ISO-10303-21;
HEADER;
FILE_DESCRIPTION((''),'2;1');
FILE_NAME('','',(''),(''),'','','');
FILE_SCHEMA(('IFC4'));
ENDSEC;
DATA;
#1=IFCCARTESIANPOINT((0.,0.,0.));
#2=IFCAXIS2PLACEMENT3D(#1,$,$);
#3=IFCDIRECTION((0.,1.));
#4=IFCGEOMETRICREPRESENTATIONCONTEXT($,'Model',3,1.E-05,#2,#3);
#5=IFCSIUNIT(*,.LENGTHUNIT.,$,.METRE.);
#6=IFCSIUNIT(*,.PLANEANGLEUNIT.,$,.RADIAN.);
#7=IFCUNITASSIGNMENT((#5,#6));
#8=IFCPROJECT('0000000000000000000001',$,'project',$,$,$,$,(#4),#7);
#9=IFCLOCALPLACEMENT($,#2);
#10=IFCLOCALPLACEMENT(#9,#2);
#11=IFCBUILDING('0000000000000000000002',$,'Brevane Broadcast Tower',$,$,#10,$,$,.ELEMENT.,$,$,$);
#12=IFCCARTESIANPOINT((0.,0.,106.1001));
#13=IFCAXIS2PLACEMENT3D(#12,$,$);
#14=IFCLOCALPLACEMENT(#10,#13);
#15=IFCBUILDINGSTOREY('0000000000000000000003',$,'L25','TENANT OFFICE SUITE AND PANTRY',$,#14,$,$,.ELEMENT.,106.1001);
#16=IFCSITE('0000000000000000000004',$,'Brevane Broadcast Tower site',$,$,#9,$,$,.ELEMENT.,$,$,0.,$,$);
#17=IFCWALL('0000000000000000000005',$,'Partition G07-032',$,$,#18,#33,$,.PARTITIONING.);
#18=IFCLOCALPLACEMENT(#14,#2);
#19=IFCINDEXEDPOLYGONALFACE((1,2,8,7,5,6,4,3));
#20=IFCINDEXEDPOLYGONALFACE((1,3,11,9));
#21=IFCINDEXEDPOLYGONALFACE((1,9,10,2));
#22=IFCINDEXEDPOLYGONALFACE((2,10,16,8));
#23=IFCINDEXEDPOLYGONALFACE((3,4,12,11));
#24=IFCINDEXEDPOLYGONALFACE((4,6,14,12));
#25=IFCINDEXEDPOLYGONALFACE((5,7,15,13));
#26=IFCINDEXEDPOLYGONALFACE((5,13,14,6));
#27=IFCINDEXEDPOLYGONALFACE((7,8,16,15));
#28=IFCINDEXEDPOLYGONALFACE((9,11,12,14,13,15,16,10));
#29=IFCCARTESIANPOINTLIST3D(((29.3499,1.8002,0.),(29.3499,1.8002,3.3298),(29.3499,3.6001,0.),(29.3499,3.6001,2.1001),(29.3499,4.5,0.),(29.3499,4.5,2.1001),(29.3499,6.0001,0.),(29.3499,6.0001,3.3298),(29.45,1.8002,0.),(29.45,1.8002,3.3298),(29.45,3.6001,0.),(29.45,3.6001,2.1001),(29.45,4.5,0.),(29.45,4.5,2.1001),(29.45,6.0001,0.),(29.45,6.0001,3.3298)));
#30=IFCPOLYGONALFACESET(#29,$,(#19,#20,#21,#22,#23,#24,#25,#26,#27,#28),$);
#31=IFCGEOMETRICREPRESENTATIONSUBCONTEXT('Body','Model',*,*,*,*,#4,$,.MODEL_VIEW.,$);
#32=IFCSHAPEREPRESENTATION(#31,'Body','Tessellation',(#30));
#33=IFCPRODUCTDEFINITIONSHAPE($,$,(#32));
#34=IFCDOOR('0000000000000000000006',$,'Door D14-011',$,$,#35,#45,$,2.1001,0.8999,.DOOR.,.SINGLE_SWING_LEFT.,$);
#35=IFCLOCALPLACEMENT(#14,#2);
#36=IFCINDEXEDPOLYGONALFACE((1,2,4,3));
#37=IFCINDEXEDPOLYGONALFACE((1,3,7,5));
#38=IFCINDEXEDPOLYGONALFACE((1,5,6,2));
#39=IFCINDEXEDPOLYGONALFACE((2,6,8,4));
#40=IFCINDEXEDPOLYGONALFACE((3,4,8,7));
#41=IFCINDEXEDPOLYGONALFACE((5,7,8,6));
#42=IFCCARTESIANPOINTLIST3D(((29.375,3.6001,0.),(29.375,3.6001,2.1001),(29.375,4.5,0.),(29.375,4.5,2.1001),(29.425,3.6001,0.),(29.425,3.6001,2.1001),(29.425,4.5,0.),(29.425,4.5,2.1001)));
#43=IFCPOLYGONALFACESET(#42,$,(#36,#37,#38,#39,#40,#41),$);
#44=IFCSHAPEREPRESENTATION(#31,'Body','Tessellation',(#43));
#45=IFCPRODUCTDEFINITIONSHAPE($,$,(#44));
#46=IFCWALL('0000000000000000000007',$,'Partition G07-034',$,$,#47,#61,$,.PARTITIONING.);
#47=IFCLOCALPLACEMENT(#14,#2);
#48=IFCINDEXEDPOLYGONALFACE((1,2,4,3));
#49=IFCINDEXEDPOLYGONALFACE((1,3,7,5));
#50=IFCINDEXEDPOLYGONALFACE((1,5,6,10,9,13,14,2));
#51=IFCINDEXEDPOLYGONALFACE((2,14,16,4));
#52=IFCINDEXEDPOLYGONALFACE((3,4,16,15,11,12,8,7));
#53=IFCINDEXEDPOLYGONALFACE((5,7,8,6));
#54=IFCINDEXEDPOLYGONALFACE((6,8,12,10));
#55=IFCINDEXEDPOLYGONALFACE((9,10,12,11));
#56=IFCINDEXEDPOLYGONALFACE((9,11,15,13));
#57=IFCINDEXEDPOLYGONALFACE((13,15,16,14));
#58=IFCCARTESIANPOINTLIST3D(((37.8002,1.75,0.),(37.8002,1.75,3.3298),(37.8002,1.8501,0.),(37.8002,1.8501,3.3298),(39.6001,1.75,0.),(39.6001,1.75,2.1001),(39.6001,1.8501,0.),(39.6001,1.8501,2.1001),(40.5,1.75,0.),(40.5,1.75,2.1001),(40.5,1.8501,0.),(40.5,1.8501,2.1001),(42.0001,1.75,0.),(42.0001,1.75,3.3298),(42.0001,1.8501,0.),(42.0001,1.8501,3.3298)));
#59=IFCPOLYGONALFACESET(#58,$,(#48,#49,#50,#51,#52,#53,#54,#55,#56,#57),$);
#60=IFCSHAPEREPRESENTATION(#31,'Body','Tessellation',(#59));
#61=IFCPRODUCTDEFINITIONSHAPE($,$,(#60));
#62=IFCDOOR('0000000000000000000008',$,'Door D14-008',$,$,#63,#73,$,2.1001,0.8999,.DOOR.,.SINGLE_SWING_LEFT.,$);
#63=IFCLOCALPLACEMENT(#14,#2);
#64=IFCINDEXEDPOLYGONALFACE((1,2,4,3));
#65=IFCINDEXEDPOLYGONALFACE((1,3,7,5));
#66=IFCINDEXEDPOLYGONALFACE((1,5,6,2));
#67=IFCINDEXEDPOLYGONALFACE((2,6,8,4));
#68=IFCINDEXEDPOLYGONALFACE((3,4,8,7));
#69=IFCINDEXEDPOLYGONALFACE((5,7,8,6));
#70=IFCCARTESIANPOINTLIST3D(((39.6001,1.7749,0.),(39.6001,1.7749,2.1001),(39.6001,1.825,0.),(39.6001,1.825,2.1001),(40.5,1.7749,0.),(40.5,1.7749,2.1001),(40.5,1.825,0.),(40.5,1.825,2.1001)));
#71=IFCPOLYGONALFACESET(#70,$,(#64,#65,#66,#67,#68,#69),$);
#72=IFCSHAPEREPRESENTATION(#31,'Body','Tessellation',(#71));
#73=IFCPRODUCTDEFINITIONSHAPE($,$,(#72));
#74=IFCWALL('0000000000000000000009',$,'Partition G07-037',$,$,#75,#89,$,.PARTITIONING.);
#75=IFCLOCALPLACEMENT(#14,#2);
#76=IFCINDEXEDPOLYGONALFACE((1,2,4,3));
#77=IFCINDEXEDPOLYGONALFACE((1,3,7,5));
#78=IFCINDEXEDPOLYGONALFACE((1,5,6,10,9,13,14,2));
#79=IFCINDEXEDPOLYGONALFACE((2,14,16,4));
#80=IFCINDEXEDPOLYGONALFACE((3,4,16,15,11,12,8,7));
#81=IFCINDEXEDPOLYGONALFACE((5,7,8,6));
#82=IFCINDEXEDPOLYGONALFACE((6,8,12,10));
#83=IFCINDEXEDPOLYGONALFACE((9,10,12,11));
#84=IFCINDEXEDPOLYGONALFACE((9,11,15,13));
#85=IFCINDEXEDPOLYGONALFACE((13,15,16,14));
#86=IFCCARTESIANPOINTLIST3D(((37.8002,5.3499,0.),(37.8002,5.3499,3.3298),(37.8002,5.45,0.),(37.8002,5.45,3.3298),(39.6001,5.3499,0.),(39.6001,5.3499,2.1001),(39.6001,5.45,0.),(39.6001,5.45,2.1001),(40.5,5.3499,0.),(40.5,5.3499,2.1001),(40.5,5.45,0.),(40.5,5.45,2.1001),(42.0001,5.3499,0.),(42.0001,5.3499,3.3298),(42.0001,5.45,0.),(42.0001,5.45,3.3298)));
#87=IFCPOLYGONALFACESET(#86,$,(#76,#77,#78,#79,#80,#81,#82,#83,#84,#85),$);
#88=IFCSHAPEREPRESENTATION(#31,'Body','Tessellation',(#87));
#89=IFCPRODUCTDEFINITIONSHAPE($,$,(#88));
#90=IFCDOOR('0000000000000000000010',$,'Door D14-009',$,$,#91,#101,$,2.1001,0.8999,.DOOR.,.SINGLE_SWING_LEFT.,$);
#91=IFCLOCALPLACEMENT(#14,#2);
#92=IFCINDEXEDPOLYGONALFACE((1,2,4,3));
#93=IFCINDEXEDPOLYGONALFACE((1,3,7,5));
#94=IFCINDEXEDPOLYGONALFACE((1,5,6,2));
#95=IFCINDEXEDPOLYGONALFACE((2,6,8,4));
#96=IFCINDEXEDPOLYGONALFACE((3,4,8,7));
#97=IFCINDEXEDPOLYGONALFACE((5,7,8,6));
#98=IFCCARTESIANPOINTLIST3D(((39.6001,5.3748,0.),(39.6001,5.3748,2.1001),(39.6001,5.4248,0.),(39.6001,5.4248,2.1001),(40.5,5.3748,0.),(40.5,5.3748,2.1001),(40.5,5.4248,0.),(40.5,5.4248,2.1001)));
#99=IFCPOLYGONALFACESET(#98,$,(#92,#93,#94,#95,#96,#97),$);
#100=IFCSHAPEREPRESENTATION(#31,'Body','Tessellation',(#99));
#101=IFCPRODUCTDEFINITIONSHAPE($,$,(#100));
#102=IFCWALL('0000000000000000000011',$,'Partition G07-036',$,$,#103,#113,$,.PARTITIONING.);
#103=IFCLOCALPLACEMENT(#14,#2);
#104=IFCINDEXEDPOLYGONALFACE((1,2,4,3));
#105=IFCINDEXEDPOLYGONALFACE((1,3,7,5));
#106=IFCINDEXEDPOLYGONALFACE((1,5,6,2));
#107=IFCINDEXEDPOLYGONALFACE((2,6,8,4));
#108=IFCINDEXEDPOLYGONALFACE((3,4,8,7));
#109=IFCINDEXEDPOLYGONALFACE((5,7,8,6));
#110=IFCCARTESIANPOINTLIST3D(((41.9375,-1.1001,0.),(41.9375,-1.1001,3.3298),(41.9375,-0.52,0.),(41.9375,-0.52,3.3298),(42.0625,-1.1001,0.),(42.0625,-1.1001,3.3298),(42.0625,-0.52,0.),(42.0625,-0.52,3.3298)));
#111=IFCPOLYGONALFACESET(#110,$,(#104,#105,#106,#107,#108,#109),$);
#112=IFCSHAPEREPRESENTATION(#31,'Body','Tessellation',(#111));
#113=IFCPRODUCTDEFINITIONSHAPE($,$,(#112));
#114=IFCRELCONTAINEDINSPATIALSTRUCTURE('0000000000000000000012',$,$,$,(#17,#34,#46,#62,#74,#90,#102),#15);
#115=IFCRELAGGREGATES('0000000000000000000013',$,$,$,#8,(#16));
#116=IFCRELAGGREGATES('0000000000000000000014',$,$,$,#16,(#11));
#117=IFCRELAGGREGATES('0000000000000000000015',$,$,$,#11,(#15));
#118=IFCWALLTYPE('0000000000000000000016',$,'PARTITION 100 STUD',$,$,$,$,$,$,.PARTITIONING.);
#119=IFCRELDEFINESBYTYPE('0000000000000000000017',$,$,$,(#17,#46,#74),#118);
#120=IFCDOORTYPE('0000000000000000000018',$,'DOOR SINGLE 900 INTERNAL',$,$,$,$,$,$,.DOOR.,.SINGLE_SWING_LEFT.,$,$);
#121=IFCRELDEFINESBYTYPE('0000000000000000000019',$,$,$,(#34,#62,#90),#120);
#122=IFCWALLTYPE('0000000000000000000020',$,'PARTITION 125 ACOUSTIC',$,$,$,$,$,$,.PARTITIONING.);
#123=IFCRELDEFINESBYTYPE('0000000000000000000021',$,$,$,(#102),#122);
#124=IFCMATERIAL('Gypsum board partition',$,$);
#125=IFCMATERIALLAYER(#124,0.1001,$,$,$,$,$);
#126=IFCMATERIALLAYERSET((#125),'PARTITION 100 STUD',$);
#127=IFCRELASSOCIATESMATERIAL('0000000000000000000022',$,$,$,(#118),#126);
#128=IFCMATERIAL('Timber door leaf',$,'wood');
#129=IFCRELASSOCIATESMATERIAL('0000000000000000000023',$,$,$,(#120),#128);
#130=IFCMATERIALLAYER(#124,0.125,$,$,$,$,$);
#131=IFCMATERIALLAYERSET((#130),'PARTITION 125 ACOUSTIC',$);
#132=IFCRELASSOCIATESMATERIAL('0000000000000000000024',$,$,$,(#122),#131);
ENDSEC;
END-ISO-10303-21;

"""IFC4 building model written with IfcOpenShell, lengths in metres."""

from ifc_helpers import new_model, si_unit, direction, frame, frame_2d, origin, place, context, subcontext, project, spatial, rectangle, extrude, material, layer, layer_set, type_object, element, fill, save


model = new_model("IFC4")

# Units and contexts
model_context = context("Model", 3, precision=1e-05, world=origin(), true_north=direction((0.0, 1.0)))
body_context = subcontext(model_context, "Body", "Model", "MODEL_VIEW")
ifc_project = project(units=[si_unit("LENGTHUNIT", "METRE"), si_unit("PLANEANGLEUNIT", "RADIAN")], contexts=[model_context])

# Site, building, storey
site_placement = place(None, origin())
site = spatial("IfcSite", under=ifc_project, at=site_placement, Name="Brevane Broadcast Tower site", CompositionType="ELEMENT", RefElevation=0.0)
building_placement = place(site_placement, origin())
building = spatial("IfcBuilding", under=site, at=building_placement, Name="Brevane Broadcast Tower", CompositionType="ELEMENT")
storey_placement = place(building_placement, frame((0.0, 0.0, 106.1001)))
storey = spatial("IfcBuildingStorey", under=building, at=storey_placement, Name="L25", Description="TENANT OFFICE SUITE AND PANTRY", CompositionType="ELEMENT", Elevation=106.1001)

# Shared definitions
ifc_material_1 = material(Name="Gypsum board partition")
ifc_layer_1 = layer(ifc_material_1, 0.1001)
ifc_layer_set_1 = layer_set([ifc_layer_1], Name="PARTITION 100 STUD")
wall_type_1 = type_object("IfcWallType", Name="PARTITION 100 STUD", PredefinedType="PARTITIONING", material=ifc_layer_set_1)
ifc_material_2 = material(Name="Timber door leaf", Category="wood")
door_type = type_object("IfcDoorType", Name="DOOR SINGLE 900 INTERNAL", OperationType="SINGLE_SWING_LEFT", PredefinedType="DOOR", material=ifc_material_2)

# Walls, openings, doors
wall_1_placement = place(storey_placement, frame((29.3999, 1.8, 0.0), z_axis=(0.0, 0.0, 1.0), x_axis=(0.0, 1.0, 0.0)))
wall_1 = element("IfcWall", 1, at=wall_1_placement, inside=storey, type_object=wall_type_1, Name="Partition G07-032", PredefinedType="PARTITIONING", context=body_context, shape_type="SweptSolid", body=[
    extrude(rectangle(XDim=4.2, YDim=0.1001, at=frame_2d((2.1001, 0.0))), origin(), (0.0, 0.0, 1.0), 3.3298),
])
opening_1_placement = place(wall_1_placement, frame((1.8, 0.0, 0.0)))
opening_1 = element("IfcOpeningElement", 2, at=opening_1_placement, cuts=wall_1, PredefinedType="OPENING", context=body_context, shape_type="SweptSolid", body=[
    extrude(rectangle(XDim=0.8999, YDim=2.1001, at=frame_2d((0.45, 1.05))), frame((0.0, 0.0601, 0.0), z_axis=(0.0, -1.0, 0.0), x_axis=(1.0, 0.0, 0.0)), (0.0, 0.0, 1.0), 0.1201),
])
door_1_placement = place(opening_1_placement, origin())
door_1 = element("IfcDoor", 3, at=door_1_placement, inside=storey, type_object=door_type, Name="Door D14-011", OperationType="SINGLE_SWING_LEFT", OverallHeight=2.1001, OverallWidth=0.8999, PredefinedType="DOOR", context=body_context, shape_type="SweptSolid", body=[
    extrude(rectangle(XDim=0.8999, YDim=2.1001, at=frame_2d((0.45, 1.05))), frame((0.0, 0.0249, 0.0), z_axis=(0.0, -1.0, 0.0), x_axis=(1.0, 0.0, 0.0)), (0.0, 0.0, 1.0), 0.05),
])
fill(opening_1, door_1)
wall_2_placement = place(storey_placement, frame((37.8, 1.8, 0.0), z_axis=(0.0, 0.0, 1.0), x_axis=(1.0, 0.0, 0.0)))
wall_2 = element("IfcWall", 4, at=wall_2_placement, inside=storey, type_object=wall_type_1, Name="Partition G07-034", PredefinedType="PARTITIONING", context=body_context, shape_type="SweptSolid", body=[
    extrude(rectangle(XDim=4.2, YDim=0.1001, at=frame_2d((2.1001, 0.0))), origin(), (0.0, 0.0, 1.0), 3.3298),
])
opening_2_placement = place(wall_2_placement, frame((1.8, 0.0, 0.0)))
opening_2 = element("IfcOpeningElement", 5, at=opening_2_placement, cuts=wall_2, PredefinedType="OPENING", context=body_context, shape_type="SweptSolid", body=[
    extrude(rectangle(XDim=0.8999, YDim=2.1001, at=frame_2d((0.45, 1.05))), frame((0.0, 0.0601, 0.0), z_axis=(0.0, -1.0, 0.0), x_axis=(1.0, 0.0, 0.0)), (0.0, 0.0, 1.0), 0.1201),
])
door_2_placement = place(opening_2_placement, origin())
door_2 = element("IfcDoor", 6, at=door_2_placement, inside=storey, type_object=door_type, Name="Door D14-008", OperationType="SINGLE_SWING_LEFT", OverallHeight=2.1001, OverallWidth=0.8999, PredefinedType="DOOR", context=body_context, shape_type="SweptSolid", body=[
    extrude(rectangle(XDim=0.8999, YDim=2.1001, at=frame_2d((0.45, 1.05))), frame((0.0, 0.0249, 0.0), z_axis=(0.0, -1.0, 0.0), x_axis=(1.0, 0.0, 0.0)), (0.0, 0.0, 1.0), 0.05),
])
fill(opening_2, door_2)
wall_3_placement = place(storey_placement, frame((37.8, 5.3999, 0.0), z_axis=(0.0, 0.0, 1.0), x_axis=(1.0, 0.0, 0.0)))
wall_3 = element("IfcWall", 7, at=wall_3_placement, inside=storey, type_object=wall_type_1, Name="Partition G07-037", PredefinedType="PARTITIONING", context=body_context, shape_type="SweptSolid", body=[
    extrude(rectangle(XDim=4.2, YDim=0.1001, at=frame_2d((2.1001, 0.0))), origin(), (0.0, 0.0, 1.0), 3.3298),
])
opening_3_placement = place(wall_3_placement, frame((1.8, 0.0, 0.0)))
opening_3 = element("IfcOpeningElement", 8, at=opening_3_placement, cuts=wall_3, PredefinedType="OPENING", context=body_context, shape_type="SweptSolid", body=[
    extrude(rectangle(XDim=0.8999, YDim=2.1001, at=frame_2d((0.45, 1.05))), frame((0.0, 0.0601, 0.0), z_axis=(0.0, -1.0, 0.0), x_axis=(1.0, 0.0, 0.0)), (0.0, 0.0, 1.0), 0.1201),
])
door_3_placement = place(opening_3_placement, origin())
door_3 = element("IfcDoor", 9, at=door_3_placement, inside=storey, type_object=door_type, Name="Door D14-009", OperationType="SINGLE_SWING_LEFT", OverallHeight=2.1001, OverallWidth=0.8999, PredefinedType="DOOR", context=body_context, shape_type="SweptSolid", body=[
    extrude(rectangle(XDim=0.8999, YDim=2.1001, at=frame_2d((0.45, 1.05))), frame((0.0, 0.0249, 0.0), z_axis=(0.0, -1.0, 0.0), x_axis=(1.0, 0.0, 0.0)), (0.0, 0.0, 1.0), 0.05),
])
fill(opening_3, door_3)

# Wall
ifc_layer_2 = layer(ifc_material_1, 0.125)
ifc_layer_set_2 = layer_set([ifc_layer_2], Name="PARTITION 125 ACOUSTIC")
wall_type_2 = type_object("IfcWallType", Name="PARTITION 125 ACOUSTIC", PredefinedType="PARTITIONING", material=ifc_layer_set_2)
wall_4_placement = place(storey_placement, frame((42.0, -0.52, 0.0), z_axis=(0.0, 0.0, 1.0), x_axis=(0.0, -1.0, 0.0)))
element("IfcWall", 10, at=wall_4_placement, inside=storey, type_object=wall_type_2, Name="Partition G07-036", PredefinedType="PARTITIONING", context=body_context, shape_type="SweptSolid", body=[
    extrude(rectangle(XDim=0.5801, YDim=0.125, at=frame_2d((0.29, 0.0))), origin(), (0.0, 0.0, 1.0), 3.3298),
])

save(model, "model.ifc")
